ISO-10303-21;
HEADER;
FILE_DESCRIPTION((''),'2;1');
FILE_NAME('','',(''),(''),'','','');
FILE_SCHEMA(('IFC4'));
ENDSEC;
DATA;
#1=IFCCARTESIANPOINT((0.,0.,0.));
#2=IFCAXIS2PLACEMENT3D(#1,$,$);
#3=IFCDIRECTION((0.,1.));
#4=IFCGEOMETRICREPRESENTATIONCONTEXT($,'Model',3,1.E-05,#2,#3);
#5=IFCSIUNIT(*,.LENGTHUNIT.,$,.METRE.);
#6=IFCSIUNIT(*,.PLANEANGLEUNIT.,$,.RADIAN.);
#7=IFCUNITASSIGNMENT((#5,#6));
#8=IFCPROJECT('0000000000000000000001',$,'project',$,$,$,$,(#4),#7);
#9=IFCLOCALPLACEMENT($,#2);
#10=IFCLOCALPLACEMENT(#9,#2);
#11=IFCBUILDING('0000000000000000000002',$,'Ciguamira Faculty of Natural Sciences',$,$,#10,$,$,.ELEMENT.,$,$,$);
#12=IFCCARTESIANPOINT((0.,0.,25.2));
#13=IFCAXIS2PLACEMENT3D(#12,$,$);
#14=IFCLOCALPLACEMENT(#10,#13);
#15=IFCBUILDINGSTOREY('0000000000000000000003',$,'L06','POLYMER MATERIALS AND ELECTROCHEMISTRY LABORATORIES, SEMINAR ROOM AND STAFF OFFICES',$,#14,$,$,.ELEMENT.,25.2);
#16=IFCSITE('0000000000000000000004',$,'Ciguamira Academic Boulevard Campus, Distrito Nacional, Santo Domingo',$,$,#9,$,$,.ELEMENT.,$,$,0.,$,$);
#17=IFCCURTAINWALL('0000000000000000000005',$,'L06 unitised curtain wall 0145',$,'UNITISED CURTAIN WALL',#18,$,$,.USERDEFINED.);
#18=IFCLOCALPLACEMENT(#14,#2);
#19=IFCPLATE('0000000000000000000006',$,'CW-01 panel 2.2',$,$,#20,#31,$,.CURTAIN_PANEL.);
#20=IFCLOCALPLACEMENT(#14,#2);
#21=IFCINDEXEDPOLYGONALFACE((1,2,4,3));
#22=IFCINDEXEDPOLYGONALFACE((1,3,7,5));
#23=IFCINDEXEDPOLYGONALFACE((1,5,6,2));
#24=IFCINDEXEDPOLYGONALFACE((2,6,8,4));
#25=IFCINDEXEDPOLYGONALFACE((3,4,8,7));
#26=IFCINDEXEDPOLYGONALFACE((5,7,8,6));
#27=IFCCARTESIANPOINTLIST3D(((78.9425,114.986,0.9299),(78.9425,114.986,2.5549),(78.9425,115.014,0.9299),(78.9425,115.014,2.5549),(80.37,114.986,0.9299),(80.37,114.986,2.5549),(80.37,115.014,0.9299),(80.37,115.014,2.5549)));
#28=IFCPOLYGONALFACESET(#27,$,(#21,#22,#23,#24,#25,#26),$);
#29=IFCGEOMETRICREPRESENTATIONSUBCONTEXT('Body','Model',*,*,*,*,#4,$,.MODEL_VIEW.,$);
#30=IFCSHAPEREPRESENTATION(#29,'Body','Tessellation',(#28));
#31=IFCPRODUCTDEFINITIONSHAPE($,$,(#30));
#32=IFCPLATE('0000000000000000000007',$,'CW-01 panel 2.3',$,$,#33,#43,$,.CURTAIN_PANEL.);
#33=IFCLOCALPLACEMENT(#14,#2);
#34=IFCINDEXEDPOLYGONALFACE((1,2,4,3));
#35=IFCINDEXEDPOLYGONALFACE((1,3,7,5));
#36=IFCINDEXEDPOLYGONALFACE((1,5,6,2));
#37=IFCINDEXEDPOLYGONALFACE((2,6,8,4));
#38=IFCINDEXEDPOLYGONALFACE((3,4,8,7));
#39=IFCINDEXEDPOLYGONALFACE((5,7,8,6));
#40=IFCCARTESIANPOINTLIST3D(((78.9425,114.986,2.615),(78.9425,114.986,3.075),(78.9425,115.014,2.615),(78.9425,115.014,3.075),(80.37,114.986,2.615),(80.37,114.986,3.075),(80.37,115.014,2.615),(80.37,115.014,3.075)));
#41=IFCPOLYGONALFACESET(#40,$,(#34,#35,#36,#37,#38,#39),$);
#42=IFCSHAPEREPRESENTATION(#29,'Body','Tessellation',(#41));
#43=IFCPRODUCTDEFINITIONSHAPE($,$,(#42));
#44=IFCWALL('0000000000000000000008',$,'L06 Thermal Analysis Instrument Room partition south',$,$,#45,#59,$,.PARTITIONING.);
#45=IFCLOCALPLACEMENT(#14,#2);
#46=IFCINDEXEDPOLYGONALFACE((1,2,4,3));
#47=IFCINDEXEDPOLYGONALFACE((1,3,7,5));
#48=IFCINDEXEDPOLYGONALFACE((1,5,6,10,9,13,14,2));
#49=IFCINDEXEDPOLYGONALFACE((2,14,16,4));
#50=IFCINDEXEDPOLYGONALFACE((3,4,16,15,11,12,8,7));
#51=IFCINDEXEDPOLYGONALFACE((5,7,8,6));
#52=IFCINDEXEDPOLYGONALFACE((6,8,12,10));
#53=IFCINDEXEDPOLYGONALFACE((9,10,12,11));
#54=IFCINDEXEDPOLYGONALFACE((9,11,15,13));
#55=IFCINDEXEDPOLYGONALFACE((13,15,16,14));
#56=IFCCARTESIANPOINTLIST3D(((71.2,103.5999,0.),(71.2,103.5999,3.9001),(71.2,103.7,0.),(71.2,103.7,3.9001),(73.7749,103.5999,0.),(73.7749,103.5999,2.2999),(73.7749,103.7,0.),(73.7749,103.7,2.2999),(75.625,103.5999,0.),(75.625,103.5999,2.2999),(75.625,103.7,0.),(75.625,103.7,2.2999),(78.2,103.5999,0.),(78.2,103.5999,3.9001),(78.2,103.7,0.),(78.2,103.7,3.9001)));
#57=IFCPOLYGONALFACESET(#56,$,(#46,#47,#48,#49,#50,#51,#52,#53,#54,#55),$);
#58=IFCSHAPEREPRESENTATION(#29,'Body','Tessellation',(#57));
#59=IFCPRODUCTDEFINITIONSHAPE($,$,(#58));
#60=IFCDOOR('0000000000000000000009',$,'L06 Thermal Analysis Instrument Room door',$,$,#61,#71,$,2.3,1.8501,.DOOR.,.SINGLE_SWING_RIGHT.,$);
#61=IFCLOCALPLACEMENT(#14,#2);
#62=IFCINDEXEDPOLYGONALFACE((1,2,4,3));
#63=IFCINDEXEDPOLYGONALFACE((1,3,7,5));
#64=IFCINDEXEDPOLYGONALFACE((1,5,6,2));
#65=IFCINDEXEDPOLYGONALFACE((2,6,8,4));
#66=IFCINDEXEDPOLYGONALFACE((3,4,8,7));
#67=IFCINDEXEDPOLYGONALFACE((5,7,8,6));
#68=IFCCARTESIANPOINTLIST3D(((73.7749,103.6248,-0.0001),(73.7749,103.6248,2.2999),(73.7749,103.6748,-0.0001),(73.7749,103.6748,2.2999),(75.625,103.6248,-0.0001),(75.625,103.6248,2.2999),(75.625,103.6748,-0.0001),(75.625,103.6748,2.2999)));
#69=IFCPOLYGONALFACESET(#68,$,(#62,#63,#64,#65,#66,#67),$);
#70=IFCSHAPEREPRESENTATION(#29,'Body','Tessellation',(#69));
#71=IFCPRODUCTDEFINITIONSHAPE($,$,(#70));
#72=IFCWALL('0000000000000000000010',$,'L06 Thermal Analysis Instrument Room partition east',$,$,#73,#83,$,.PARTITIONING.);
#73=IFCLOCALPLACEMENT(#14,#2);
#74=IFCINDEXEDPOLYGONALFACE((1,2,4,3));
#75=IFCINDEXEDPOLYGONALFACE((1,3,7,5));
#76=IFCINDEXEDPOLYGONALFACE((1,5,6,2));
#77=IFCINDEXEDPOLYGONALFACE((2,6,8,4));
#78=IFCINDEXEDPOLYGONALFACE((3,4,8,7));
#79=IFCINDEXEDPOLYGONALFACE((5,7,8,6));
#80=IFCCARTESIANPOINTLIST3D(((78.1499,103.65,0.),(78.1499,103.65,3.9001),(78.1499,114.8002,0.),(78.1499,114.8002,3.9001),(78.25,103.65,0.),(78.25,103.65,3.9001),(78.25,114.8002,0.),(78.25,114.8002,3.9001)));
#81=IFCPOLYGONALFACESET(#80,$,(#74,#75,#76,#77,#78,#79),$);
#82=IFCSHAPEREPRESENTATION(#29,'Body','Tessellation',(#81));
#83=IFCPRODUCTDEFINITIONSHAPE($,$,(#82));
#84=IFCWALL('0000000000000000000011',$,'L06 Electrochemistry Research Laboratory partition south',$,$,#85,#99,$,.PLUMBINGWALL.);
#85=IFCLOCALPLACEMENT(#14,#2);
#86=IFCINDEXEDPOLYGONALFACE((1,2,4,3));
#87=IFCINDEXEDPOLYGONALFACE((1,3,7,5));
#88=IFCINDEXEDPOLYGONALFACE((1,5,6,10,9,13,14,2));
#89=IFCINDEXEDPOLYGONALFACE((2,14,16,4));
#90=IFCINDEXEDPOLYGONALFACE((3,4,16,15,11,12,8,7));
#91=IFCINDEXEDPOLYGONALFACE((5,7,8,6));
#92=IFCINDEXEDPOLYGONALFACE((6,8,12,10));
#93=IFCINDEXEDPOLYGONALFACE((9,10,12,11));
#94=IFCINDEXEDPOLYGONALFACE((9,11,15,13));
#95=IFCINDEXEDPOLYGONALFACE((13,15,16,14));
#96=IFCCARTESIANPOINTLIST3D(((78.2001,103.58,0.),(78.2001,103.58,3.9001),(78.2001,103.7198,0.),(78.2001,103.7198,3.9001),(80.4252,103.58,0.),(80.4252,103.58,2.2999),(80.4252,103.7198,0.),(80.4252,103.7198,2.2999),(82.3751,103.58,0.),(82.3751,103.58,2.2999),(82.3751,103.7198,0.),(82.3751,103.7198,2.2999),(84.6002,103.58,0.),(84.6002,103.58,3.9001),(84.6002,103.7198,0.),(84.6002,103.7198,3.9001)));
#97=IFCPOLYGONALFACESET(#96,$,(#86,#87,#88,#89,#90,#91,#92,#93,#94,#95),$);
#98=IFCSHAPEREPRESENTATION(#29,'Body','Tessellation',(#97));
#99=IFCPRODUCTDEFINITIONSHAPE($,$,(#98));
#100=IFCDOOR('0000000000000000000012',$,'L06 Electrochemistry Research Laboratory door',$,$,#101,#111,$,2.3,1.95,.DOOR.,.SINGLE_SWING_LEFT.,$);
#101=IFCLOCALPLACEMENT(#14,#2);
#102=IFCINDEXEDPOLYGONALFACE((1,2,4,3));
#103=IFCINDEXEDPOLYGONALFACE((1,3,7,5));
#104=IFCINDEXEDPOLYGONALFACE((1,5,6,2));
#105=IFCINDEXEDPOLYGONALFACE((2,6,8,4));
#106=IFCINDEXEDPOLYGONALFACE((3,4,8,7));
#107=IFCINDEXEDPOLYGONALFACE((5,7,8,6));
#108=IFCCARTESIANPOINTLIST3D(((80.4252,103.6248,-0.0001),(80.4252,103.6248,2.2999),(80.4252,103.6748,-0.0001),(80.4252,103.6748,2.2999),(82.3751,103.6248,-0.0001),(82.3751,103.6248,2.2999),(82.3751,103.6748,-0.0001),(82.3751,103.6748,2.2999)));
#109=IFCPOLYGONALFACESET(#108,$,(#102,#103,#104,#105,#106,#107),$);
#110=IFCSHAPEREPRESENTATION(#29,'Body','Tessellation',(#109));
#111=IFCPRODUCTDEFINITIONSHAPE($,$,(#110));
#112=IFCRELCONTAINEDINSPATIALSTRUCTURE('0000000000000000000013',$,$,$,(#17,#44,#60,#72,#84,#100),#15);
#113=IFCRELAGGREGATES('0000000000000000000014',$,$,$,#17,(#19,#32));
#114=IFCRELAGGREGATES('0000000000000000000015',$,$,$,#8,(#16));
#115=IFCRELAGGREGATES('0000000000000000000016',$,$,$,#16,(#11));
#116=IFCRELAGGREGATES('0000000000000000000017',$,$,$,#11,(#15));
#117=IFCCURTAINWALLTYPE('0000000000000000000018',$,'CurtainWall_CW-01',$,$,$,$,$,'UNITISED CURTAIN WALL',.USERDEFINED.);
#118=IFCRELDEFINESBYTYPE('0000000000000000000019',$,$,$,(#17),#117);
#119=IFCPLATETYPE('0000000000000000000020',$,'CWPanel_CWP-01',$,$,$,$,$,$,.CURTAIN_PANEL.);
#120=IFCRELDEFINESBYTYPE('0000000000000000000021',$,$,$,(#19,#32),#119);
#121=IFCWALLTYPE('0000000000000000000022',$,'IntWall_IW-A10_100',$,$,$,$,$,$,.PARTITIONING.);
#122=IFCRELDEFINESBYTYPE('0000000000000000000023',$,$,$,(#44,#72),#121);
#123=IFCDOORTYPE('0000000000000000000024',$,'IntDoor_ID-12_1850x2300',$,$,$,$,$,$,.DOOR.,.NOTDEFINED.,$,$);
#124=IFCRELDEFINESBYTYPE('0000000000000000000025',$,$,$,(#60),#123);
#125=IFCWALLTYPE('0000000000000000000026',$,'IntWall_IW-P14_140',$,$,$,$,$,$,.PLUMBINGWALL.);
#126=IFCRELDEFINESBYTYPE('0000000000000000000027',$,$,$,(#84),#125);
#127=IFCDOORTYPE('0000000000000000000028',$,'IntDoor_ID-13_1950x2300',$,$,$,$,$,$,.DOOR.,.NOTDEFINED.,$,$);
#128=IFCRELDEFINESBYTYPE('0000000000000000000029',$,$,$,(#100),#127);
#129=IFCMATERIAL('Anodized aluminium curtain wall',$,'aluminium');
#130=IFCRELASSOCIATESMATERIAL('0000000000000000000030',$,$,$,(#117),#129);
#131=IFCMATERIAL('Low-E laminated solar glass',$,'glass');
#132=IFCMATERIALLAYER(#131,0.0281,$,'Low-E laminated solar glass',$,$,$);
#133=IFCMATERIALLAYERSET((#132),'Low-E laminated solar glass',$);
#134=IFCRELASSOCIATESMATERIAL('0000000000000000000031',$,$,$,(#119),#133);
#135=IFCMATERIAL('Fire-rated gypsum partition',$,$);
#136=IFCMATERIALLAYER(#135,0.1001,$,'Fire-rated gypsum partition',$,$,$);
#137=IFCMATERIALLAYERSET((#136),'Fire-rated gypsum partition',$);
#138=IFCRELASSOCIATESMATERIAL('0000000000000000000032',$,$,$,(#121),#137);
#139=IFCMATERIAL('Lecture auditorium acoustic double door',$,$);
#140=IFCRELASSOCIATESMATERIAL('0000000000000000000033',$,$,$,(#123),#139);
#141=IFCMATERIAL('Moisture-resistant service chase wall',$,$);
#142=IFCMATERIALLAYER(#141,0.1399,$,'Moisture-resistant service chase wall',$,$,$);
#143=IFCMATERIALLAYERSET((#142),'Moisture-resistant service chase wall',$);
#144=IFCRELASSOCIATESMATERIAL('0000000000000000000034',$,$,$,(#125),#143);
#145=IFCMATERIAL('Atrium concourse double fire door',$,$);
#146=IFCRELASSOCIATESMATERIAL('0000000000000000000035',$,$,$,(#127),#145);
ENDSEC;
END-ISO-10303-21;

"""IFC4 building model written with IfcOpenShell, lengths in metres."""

from ifc_helpers import new_model, si_unit, direction, frame, frame_2d, origin, origin_2d, place, context, subcontext, project, spatial, rectangle, extrude, material, layer, layer_set, type_object, element, fill, aggregate, save


model = new_model("IFC4")

# Units and contexts
model_context = context("Model", 3, precision=1e-05, world=origin(), true_north=direction((0.0, 1.0)))
body_context = subcontext(model_context, "Body", "Model", "MODEL_VIEW")
ifc_project = project(units=[si_unit("LENGTHUNIT", "METRE"), si_unit("PLANEANGLEUNIT", "RADIAN")], contexts=[model_context])

# Site, building, storey
site_placement = place(None, origin())
site = spatial("IfcSite", under=ifc_project, at=site_placement, Name="Ciguamira Academic Boulevard Campus, Distrito Nacional, Santo Domingo", CompositionType="ELEMENT", RefElevation=0.0)
building_placement = place(site_placement, origin())
building = spatial("IfcBuilding", under=site, at=building_placement, Name="Ciguamira Faculty of Natural Sciences", CompositionType="ELEMENT")
storey_placement = place(building_placement, frame((0.0, 0.0, 25.2)))
storey = spatial("IfcBuildingStorey", under=building, at=storey_placement, Name="L06", Description="POLYMER MATERIALS AND ELECTROCHEMISTRY LABORATORIES, SEMINAR ROOM AND STAFF OFFICES", CompositionType="ELEMENT", Elevation=25.2)

# Curtain wall
ifc_material_1 = material(Name="Anodized aluminium curtain wall", Category="aluminium")
curtain_wall_type = type_object("IfcCurtainWallType", Name="CurtainWall_CW-01", ElementType="UNITISED CURTAIN WALL", PredefinedType="USERDEFINED", material=ifc_material_1)
curtain_wall_placement = place(storey_placement, origin())
curtain_wall = element("IfcCurtainWall", 1, at=curtain_wall_placement, inside=storey, type_object=curtain_wall_type, Name="L06 unitised curtain wall 0145", ObjectType="UNITISED CURTAIN WALL", PredefinedType="USERDEFINED")

# Plates
ifc_material_2 = material(Name="Low-E laminated solar glass", Category="glass")
ifc_layer_1 = layer(ifc_material_2, 0.0281, Name="Low-E laminated solar glass")
ifc_layer_set_1 = layer_set([ifc_layer_1], Name="Low-E laminated solar glass")
plate_type = type_object("IfcPlateType", Name="CWPanel_CWP-01", PredefinedType="CURTAIN_PANEL", material=ifc_layer_set_1)
plate_1_placement = place(storey_placement, frame((79.6562, 115.0, 0.9299), z_axis=(0.0, 0.0, 1.0), x_axis=(1.0, 0.0, 0.0)))
plate_1 = element("IfcPlate", 2, at=plate_1_placement, type_object=plate_type, Name="CW-01 panel 2.2", PredefinedType="CURTAIN_PANEL", context=body_context, shape_type="SweptSolid", body=[
    extrude(rectangle(XDim=1.4275, YDim=0.0281, at=origin_2d()), origin(), (0.0, 0.0, 1.0), 1.625),
])
plate_2_placement = place(storey_placement, frame((79.6562, 115.0, 2.615), z_axis=(0.0, 0.0, 1.0), x_axis=(1.0, 0.0, 0.0)))
plate_2 = element("IfcPlate", 3, at=plate_2_placement, type_object=plate_type, Name="CW-01 panel 2.3", PredefinedType="CURTAIN_PANEL", context=body_context, shape_type="SweptSolid", body=[
    extrude(rectangle(XDim=1.4275, YDim=0.0281, at=origin_2d()), origin(), (0.0, 0.0, 1.0), 0.46),
])
aggregate(curtain_wall, [plate_1, plate_2])

# Wall, opening, door
ifc_material_3 = material(Name="Fire-rated gypsum partition")
ifc_layer_2 = layer(ifc_material_3, 0.1001, Name="Fire-rated gypsum partition")
ifc_layer_set_2 = layer_set([ifc_layer_2], Name="Fire-rated gypsum partition")
wall_type_1 = type_object("IfcWallType", Name="IntWall_IW-A10_100", PredefinedType="PARTITIONING", material=ifc_layer_set_2)
wall_1_placement = place(storey_placement, frame((71.2, 103.6499, 0.0), z_axis=(0.0, 0.0, 1.0), x_axis=(1.0, 0.0, 0.0)))
wall_1 = element("IfcWall", 4, at=wall_1_placement, inside=storey, type_object=wall_type_1, Name="L06 Thermal Analysis Instrument Room partition south", PredefinedType="PARTITIONING", context=body_context, shape_type="SweptSolid", body=[
    extrude(rectangle(XDim=7.0, YDim=0.1001, at=frame_2d((3.5, 0.0))), origin(), (0.0, 0.0, 1.0), 3.9001),
])
opening_1_placement = place(wall_1_placement, frame((2.575, 0.0, 0.0)))
opening_1 = element("IfcOpeningElement", 5, at=opening_1_placement, cuts=wall_1, PredefinedType="OPENING", context=body_context, shape_type="SweptSolid", body=[
    extrude(rectangle(XDim=1.8501, YDim=2.3, at=frame_2d((0.925, 1.1499))), frame((0.0, 0.0601, 0.0), z_axis=(0.0, -1.0, 0.0), x_axis=(1.0, 0.0, 0.0)), (0.0, 0.0, 1.0), 0.1201),
])
ifc_material_4 = material(Name="Lecture auditorium acoustic double door")
door_type_1 = type_object("IfcDoorType", Name="IntDoor_ID-12_1850x2300", OperationType="NOTDEFINED", PredefinedType="DOOR", material=ifc_material_4)
door_1_placement = place(opening_1_placement, origin())
door_1 = element("IfcDoor", 6, at=door_1_placement, inside=storey, type_object=door_type_1, Name="L06 Thermal Analysis Instrument Room door", OperationType="SINGLE_SWING_RIGHT", OverallHeight=2.3, OverallWidth=1.8501, PredefinedType="DOOR", context=body_context, shape_type="SweptSolid", body=[
    extrude(rectangle(XDim=1.8501, YDim=2.3, at=frame_2d((0.925, 1.1499))), frame((0.0, 0.0249, 0.0), z_axis=(0.0, -1.0, 0.0), x_axis=(1.0, 0.0, 0.0)), (0.0, 0.0, 1.0), 0.05),
])
fill(opening_1, door_1)

# Wall
wall_2_placement = place(storey_placement, frame((78.2, 103.6499, 0.0), z_axis=(0.0, 0.0, 1.0), x_axis=(0.0, 1.0, 0.0)))
element("IfcWall", 7, at=wall_2_placement, inside=storey, type_object=wall_type_1, Name="L06 Thermal Analysis Instrument Room partition east", PredefinedType="PARTITIONING", context=body_context, shape_type="SweptSolid", body=[
    extrude(rectangle(XDim=11.1501, YDim=0.1001, at=frame_2d((5.5752, 0.0))), origin(), (0.0, 0.0, 1.0), 3.9001),
])

# Wall, opening, door
ifc_material_5 = material(Name="Moisture-resistant service chase wall")
ifc_layer_3 = layer(ifc_material_5, 0.1399, Name="Moisture-resistant service chase wall")
ifc_layer_set_3 = layer_set([ifc_layer_3], Name="Moisture-resistant service chase wall")
wall_type_2 = type_object("IfcWallType", Name="IntWall_IW-P14_140", PredefinedType="PLUMBINGWALL", material=ifc_layer_set_3)
wall_3_placement = place(storey_placement, frame((78.2, 103.6499, 0.0), z_axis=(0.0, 0.0, 1.0), x_axis=(1.0, 0.0, 0.0)))
wall_3 = element("IfcWall", 8, at=wall_3_placement, inside=storey, type_object=wall_type_2, Name="L06 Electrochemistry Research Laboratory partition south", PredefinedType="PLUMBINGWALL", context=body_context, shape_type="SweptSolid", body=[
    extrude(rectangle(XDim=6.4001, YDim=0.1399, at=frame_2d((3.2002, 0.0))), origin(), (0.0, 0.0, 1.0), 3.9001),
])
opening_2_placement = place(wall_3_placement, frame((2.2251, 0.0, 0.0)))
opening_2 = element("IfcOpeningElement", 9, at=opening_2_placement, cuts=wall_3, PredefinedType="OPENING", context=body_context, shape_type="SweptSolid", body=[
    extrude(rectangle(XDim=1.95, YDim=2.3, at=frame_2d((0.9751, 1.1499))), frame((0.0, 0.0798, 0.0), z_axis=(0.0, -1.0, 0.0), x_axis=(1.0, 0.0, 0.0)), (0.0, 0.0, 1.0), 0.1599),
])
ifc_material_6 = material(Name="Atrium concourse double fire door")
door_type_2 = type_object("IfcDoorType", Name="IntDoor_ID-13_1950x2300", OperationType="NOTDEFINED", PredefinedType="DOOR", material=ifc_material_6)
door_2_placement = place(opening_2_placement, origin())
door_2 = element("IfcDoor", 10, at=door_2_placement, inside=storey, type_object=door_type_2, Name="L06 Electrochemistry Research Laboratory door", OperationType="SINGLE_SWING_LEFT", OverallHeight=2.3, OverallWidth=1.95, PredefinedType="DOOR", context=body_context, shape_type="SweptSolid", body=[
    extrude(rectangle(XDim=1.95, YDim=2.3, at=frame_2d((0.9751, 1.1499))), frame((0.0, 0.0249, 0.0), z_axis=(0.0, -1.0, 0.0), x_axis=(1.0, 0.0, 0.0)), (0.0, 0.0, 1.0), 0.05),
])
fill(opening_2, door_2)

save(model, "model.ifc")
